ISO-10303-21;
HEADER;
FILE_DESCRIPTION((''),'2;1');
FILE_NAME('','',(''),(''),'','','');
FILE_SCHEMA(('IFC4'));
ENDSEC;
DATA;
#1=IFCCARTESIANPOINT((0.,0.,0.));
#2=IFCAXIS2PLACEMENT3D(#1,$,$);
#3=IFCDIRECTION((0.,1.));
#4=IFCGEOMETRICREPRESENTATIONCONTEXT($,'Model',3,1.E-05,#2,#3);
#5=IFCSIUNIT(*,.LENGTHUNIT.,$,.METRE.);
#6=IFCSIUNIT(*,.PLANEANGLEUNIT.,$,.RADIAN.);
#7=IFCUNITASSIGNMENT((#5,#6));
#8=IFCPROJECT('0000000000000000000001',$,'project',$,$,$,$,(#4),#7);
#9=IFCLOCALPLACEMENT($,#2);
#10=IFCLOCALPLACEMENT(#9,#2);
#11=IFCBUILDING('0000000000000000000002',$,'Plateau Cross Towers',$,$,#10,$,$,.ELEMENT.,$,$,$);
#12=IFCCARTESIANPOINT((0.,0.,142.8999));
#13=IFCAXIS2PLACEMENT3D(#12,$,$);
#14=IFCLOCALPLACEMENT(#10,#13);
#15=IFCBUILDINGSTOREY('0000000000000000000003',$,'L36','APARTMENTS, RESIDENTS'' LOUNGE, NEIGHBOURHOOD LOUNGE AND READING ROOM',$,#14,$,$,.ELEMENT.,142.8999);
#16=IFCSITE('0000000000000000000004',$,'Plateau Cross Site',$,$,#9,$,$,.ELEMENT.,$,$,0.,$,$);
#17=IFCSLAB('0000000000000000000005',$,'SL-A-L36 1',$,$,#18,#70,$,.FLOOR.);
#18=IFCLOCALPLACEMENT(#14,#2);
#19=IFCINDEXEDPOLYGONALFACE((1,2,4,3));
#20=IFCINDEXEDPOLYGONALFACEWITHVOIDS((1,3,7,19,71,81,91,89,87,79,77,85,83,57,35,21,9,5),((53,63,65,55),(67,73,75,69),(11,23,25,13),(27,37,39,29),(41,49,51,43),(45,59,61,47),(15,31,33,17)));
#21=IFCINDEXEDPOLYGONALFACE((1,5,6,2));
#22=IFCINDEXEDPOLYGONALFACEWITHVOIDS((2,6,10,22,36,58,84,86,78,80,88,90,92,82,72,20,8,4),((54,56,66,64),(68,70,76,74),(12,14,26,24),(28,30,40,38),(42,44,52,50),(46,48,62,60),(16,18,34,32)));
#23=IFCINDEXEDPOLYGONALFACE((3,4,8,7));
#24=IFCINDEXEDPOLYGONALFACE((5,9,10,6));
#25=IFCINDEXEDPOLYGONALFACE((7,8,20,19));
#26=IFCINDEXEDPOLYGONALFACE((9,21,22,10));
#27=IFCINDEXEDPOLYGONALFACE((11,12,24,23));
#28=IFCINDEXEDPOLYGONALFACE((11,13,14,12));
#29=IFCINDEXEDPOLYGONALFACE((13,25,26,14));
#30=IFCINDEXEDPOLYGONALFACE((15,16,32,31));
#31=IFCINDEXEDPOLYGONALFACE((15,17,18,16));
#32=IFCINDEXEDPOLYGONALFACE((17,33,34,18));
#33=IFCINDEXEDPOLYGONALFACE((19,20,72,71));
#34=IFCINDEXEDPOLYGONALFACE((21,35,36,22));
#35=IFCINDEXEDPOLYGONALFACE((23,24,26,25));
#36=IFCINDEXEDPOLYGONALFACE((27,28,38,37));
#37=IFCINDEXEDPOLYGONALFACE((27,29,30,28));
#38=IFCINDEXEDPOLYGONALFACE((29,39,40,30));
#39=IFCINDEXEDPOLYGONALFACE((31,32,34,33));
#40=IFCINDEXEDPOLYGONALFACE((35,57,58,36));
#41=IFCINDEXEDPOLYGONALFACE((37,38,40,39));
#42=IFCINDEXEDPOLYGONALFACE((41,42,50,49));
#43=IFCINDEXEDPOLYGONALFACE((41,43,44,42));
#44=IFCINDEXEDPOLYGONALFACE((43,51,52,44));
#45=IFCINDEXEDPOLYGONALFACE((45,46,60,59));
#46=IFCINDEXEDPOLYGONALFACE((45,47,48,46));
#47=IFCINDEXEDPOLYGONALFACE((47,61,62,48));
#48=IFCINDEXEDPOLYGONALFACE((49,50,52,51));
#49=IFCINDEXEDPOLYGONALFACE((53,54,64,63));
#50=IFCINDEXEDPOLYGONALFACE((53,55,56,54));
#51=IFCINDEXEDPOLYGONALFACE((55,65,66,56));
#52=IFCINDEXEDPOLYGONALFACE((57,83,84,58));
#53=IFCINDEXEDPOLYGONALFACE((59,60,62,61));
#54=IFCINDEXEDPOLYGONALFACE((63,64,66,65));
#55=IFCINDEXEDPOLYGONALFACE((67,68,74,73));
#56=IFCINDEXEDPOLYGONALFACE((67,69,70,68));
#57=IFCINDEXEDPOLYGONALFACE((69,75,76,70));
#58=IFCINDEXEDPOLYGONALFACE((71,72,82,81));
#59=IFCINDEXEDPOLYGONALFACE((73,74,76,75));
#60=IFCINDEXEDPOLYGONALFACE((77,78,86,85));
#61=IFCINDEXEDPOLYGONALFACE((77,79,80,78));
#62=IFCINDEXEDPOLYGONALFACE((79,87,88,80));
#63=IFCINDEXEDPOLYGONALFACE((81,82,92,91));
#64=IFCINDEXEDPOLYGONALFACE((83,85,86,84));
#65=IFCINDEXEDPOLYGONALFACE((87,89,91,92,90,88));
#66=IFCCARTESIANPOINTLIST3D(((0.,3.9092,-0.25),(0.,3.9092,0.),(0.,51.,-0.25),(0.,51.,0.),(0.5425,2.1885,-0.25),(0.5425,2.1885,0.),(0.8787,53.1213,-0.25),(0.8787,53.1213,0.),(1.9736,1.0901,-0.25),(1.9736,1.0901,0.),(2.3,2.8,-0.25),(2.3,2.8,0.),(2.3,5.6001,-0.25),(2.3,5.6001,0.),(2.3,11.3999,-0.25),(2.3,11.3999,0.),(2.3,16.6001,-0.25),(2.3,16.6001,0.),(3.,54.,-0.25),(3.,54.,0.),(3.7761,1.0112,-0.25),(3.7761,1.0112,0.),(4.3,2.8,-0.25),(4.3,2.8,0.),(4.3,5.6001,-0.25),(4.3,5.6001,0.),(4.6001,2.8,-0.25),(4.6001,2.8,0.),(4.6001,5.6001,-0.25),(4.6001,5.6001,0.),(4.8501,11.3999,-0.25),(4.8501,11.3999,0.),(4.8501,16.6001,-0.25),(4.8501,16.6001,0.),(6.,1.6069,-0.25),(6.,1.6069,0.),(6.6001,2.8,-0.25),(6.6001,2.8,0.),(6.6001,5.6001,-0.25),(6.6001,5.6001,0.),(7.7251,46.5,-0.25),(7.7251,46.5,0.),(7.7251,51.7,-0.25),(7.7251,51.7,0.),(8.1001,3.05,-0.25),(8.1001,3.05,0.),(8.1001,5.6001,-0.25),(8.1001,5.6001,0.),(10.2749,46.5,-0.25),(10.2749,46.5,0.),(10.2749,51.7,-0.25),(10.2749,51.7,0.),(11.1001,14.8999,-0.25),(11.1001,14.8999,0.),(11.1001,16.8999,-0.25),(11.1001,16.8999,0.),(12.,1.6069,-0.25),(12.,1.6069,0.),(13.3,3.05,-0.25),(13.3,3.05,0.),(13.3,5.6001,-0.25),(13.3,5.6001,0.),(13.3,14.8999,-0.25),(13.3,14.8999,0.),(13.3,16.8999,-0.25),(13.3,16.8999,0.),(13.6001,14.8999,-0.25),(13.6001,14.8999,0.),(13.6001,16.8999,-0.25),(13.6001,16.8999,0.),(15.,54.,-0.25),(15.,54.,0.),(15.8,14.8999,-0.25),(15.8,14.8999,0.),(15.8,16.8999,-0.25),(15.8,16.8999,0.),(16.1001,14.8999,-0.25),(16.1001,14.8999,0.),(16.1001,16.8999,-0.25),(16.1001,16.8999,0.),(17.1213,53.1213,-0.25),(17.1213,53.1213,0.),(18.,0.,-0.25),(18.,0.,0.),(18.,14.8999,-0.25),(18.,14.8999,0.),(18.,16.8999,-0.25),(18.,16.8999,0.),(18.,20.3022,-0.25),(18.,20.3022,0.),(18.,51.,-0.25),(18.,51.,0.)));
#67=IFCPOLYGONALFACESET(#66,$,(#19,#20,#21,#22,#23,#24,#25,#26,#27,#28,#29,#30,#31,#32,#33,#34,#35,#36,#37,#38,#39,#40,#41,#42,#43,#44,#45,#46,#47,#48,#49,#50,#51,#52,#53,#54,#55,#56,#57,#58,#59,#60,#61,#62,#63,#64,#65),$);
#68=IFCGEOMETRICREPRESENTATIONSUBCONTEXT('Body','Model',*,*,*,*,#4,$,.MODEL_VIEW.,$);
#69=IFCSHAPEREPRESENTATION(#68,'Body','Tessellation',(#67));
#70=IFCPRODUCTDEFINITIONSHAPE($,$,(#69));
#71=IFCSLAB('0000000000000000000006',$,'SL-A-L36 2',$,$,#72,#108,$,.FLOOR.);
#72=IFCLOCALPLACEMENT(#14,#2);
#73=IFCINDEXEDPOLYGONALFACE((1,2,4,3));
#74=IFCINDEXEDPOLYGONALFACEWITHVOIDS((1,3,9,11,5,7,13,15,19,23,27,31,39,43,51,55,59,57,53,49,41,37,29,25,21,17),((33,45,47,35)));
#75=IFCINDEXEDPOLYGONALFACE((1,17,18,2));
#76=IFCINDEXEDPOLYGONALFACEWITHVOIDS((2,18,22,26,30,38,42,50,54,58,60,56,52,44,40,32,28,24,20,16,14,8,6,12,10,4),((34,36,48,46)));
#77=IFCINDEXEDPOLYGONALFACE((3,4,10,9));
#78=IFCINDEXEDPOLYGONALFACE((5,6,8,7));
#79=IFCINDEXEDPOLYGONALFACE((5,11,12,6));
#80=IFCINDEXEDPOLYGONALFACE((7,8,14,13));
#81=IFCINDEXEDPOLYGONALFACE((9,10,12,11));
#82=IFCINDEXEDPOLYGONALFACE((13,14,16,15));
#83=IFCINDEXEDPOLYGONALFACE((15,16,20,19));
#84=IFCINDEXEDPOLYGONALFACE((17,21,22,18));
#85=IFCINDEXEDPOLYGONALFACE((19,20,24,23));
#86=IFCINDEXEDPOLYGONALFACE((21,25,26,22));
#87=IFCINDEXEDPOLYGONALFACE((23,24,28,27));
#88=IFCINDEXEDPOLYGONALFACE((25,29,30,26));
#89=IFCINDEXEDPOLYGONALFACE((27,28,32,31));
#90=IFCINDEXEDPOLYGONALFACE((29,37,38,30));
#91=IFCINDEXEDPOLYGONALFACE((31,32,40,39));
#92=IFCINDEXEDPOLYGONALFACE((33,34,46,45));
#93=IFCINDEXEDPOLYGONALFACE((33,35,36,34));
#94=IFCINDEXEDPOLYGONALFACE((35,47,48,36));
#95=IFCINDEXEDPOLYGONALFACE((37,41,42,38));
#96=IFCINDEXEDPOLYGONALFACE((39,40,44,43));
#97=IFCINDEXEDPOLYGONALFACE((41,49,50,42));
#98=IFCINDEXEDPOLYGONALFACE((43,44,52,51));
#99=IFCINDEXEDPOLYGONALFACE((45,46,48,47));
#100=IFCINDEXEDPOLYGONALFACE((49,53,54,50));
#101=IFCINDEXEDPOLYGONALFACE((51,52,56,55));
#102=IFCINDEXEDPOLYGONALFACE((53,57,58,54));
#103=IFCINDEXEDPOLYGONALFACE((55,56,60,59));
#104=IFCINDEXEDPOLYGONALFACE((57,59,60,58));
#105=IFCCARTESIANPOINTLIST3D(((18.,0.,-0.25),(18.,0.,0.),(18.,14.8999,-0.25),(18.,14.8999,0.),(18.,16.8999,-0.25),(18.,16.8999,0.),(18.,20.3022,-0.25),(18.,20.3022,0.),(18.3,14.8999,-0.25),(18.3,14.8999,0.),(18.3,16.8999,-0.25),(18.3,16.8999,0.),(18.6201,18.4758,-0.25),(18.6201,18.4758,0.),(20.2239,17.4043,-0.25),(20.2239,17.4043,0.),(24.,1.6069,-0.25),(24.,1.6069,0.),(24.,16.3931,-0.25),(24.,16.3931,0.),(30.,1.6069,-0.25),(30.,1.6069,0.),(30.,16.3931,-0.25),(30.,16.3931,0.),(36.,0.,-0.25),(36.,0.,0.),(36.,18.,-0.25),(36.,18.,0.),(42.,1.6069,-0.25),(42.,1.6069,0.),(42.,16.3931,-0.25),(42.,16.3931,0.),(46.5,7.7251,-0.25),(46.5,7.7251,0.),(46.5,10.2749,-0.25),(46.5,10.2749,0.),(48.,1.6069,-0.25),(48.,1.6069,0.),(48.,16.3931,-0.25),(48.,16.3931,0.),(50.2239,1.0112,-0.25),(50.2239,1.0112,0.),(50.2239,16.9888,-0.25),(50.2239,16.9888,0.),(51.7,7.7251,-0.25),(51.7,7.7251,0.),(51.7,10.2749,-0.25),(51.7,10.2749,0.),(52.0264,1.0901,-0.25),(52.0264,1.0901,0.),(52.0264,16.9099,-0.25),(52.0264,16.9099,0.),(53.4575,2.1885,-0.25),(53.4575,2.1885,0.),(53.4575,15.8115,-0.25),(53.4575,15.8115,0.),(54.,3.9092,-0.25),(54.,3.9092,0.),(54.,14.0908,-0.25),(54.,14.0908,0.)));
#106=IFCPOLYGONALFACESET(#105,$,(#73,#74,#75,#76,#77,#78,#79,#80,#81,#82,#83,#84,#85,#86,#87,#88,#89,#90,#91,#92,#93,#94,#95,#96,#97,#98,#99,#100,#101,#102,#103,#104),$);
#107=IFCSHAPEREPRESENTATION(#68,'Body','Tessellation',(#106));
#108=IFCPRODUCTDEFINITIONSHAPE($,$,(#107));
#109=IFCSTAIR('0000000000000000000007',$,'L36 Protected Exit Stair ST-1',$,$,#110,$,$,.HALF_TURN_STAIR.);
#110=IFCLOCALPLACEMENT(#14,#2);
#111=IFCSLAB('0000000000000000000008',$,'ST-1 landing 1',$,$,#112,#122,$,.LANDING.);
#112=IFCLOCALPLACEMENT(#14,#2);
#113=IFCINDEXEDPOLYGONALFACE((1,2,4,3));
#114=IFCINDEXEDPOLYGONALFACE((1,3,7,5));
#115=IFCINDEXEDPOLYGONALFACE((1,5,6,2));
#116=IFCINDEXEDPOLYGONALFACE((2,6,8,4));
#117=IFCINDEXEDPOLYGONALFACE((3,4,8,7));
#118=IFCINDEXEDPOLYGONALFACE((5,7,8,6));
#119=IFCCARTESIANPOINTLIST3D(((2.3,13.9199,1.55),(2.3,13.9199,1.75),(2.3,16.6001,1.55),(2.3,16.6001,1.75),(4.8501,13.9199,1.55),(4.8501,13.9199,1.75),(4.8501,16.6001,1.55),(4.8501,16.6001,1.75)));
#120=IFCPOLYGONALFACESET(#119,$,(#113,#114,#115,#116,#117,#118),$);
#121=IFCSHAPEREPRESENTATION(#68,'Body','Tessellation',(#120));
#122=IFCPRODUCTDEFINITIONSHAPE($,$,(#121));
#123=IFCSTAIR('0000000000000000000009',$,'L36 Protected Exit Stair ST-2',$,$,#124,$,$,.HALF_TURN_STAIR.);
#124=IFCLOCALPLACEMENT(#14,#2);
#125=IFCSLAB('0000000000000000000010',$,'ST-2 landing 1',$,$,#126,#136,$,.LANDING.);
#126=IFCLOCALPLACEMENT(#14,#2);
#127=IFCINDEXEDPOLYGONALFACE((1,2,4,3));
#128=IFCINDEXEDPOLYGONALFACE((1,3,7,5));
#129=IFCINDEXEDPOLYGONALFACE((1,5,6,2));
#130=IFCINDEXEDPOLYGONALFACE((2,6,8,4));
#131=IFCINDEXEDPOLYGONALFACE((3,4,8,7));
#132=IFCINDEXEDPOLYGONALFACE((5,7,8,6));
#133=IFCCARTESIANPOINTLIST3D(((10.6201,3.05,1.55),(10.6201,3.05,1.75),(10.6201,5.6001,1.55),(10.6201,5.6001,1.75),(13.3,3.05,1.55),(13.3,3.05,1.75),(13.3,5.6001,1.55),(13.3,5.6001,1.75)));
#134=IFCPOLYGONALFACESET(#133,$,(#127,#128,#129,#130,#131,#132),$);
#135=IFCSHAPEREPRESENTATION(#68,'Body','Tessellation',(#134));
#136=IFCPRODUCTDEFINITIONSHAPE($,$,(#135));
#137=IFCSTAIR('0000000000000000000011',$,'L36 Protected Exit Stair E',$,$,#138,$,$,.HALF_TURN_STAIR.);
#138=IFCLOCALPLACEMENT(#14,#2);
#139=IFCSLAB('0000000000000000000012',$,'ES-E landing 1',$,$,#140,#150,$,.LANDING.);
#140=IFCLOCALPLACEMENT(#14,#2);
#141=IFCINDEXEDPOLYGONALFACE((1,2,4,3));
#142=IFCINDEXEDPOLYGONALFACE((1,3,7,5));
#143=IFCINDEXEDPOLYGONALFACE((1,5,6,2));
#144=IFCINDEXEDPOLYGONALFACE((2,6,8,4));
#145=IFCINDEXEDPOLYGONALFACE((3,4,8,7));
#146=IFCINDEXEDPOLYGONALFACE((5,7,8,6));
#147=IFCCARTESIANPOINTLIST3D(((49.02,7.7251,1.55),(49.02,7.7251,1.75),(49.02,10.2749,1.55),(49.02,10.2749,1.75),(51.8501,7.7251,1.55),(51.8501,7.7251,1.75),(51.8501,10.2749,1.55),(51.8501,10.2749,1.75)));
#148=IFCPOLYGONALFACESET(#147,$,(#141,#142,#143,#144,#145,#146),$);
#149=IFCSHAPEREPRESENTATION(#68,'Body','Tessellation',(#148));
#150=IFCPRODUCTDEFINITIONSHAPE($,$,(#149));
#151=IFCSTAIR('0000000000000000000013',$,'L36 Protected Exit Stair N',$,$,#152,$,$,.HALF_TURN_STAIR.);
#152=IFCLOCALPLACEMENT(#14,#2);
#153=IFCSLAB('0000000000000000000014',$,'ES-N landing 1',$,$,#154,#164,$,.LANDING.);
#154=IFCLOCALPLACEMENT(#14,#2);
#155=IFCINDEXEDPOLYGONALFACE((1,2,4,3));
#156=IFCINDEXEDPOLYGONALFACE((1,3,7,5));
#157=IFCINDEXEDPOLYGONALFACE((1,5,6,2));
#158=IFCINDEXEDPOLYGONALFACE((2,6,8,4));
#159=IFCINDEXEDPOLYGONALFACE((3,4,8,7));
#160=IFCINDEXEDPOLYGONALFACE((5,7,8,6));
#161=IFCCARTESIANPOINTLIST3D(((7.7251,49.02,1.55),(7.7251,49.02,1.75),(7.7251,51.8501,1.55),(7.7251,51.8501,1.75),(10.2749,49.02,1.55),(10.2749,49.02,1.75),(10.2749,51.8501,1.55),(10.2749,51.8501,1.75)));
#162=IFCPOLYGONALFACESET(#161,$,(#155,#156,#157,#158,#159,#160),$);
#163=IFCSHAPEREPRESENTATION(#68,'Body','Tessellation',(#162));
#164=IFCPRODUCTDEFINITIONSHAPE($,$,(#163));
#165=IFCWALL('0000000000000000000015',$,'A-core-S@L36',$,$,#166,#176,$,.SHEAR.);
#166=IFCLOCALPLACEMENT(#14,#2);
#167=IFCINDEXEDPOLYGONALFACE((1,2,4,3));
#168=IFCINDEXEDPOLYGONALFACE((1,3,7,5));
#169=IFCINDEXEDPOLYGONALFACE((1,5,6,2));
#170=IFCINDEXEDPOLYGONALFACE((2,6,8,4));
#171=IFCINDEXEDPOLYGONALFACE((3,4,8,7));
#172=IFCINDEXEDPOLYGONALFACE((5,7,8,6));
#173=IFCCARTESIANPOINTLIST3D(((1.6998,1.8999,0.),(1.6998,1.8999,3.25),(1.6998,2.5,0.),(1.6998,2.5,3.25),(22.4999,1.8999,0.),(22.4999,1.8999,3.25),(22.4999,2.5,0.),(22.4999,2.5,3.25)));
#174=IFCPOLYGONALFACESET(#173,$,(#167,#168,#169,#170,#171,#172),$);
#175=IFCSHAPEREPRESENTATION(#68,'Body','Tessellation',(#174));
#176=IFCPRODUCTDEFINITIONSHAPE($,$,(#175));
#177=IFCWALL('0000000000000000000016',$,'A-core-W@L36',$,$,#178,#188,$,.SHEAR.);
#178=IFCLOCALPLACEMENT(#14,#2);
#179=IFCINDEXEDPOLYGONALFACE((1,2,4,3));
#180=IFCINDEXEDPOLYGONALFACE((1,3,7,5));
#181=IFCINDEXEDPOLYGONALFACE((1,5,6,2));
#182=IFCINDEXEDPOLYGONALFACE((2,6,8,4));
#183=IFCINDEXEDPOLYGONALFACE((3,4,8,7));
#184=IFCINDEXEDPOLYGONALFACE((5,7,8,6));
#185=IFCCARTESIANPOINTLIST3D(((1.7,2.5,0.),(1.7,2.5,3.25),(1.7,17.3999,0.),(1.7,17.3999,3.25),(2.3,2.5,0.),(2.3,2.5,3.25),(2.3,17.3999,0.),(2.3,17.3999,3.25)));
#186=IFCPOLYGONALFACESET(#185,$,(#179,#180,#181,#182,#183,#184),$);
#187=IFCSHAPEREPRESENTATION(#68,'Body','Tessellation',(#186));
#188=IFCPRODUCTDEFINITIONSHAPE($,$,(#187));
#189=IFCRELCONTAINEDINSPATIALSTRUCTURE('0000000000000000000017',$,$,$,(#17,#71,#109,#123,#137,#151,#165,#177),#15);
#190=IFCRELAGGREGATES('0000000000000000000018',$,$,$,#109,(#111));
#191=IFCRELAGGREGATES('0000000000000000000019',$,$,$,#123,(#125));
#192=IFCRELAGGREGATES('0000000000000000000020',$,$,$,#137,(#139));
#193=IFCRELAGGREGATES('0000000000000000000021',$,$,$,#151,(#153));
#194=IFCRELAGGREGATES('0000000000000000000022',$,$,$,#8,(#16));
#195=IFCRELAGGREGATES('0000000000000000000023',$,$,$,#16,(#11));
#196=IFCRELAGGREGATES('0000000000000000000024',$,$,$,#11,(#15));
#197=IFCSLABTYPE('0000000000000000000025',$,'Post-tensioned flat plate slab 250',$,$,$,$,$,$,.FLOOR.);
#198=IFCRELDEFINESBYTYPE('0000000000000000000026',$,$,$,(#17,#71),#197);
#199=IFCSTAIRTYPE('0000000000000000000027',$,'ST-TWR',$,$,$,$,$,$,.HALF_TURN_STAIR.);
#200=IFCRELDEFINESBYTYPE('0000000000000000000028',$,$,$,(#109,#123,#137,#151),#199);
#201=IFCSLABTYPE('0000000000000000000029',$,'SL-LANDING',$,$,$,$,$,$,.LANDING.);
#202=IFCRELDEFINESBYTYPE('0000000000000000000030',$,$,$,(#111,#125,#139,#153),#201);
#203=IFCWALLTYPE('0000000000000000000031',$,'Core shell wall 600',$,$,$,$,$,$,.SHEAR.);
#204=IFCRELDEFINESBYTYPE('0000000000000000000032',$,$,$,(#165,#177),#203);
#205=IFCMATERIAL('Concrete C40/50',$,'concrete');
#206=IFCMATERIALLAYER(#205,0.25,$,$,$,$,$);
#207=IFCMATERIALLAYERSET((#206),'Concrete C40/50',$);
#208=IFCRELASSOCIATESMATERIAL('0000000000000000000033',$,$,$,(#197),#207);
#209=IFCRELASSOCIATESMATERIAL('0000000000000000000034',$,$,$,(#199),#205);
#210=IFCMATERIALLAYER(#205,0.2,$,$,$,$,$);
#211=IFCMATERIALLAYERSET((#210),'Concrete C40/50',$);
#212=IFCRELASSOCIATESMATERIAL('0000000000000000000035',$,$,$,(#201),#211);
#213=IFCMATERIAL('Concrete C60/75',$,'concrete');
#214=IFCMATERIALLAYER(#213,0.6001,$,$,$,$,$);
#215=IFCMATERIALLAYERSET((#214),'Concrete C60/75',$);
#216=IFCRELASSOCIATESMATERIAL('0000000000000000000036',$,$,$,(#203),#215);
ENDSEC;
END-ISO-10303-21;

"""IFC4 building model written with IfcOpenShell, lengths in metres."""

from ifc_helpers import new_model, si_unit, direction, frame, frame_2d, origin, place, context, subcontext, project, spatial, polyline, rectangle, outline, extrude, material, layer, layer_set, type_object, element, aggregate, save


model = new_model("IFC4")

# Units and contexts
model_context = context("Model", 3, precision=1e-05, world=origin(), true_north=direction((0.0, 1.0)))
body_context = subcontext(model_context, "Body", "Model", "MODEL_VIEW")
ifc_project = project(units=[si_unit("LENGTHUNIT", "METRE"), si_unit("PLANEANGLEUNIT", "RADIAN")], contexts=[model_context])

# Site, building, storey
site_placement = place(None, origin())
site = spatial("IfcSite", under=ifc_project, at=site_placement, Name="Plateau Cross Site", CompositionType="ELEMENT", RefElevation=0.0)
building_placement = place(site_placement, origin())
building = spatial("IfcBuilding", under=site, at=building_placement, Name="Plateau Cross Towers", CompositionType="ELEMENT")
storey_placement = place(building_placement, frame((0.0, 0.0, 142.8999)))
storey = spatial("IfcBuildingStorey", under=building, at=storey_placement, Name="L36", Description="APARTMENTS, RESIDENTS' LOUNGE, NEIGHBOURHOOD LOUNGE AND READING ROOM", CompositionType="ELEMENT", Elevation=142.8999)

# Shared definitions
ifc_material_1 = material(Name="Concrete C60/75", Category="concrete")

# Shared definitions
ifc_material_2 = material(Name="Concrete C40/50", Category="concrete")

# Slabs
ifc_layer_1 = layer(ifc_material_2, 0.25)
ifc_layer_set_1 = layer_set([ifc_layer_1], Name="Concrete C40/50")
slab_type_1 = type_object("IfcSlabType", Name="Post-tensioned flat plate slab 250", PredefinedType="FLOOR", material=ifc_layer_set_1)
slab_1_placement = place(storey_placement, frame((0.0, 0.0, -0.25)))
element("IfcSlab", 1, at=slab_1_placement, inside=storey, type_object=slab_type_1, Name="SL-A-L36 1", PredefinedType="FLOOR", context=body_context, shape_type="SweptSolid", body=[
    extrude(outline(polyline([(0.5425, 2.1885), (0.0, 3.9092), (0.0, 51.0), (0.8787, 53.1213), (3.0, 54.0), (15.0, 54.0), (17.1213, 53.1213), (18.0, 51.0), (18.0, 20.3022), (18.0, 16.8999), (16.1001, 16.8999), (16.1001, 14.8999), (18.0, 14.8999), (18.0, 0.0), (12.0, 1.6069), (6.0, 1.6069), (3.7761, 1.0112), (1.9736, 1.0901), (0.5425, 2.1885)]), holes=[polyline([(2.3, 5.6001), (2.3, 2.8), (4.3, 2.8), (4.3, 5.6001), (2.3, 5.6001)]), polyline([(4.6001, 5.6001), (4.6001, 2.8), (6.6001, 2.8), (6.6001, 5.6001), (4.6001, 5.6001)]), polyline([(8.1001, 5.6001), (8.1001, 3.05), (13.3, 3.05), (13.3, 5.6001), (8.1001, 5.6001)]), polyline([(2.3, 11.3999), (4.8501, 11.3999), (4.8501, 16.6001), (2.3, 16.6001), (2.3, 11.3999)]), polyline([(11.1001, 16.8999), (11.1001, 14.8999), (13.3, 14.8999), (13.3, 16.8999), (11.1001, 16.8999)]), polyline([(13.6001, 16.8999), (13.6001, 14.8999), (15.8, 14.8999), (15.8, 16.8999), (13.6001, 16.8999)]), polyline([(7.7251, 51.7), (7.7251, 46.5), (10.2749, 46.5), (10.2749, 51.7), (7.7251, 51.7)])]), origin(), (0.0, 0.0, 1.0), 0.25),
])
slab_2_placement = place(storey_placement, frame((0.0, 0.0, -0.25)))
element("IfcSlab", 2, at=slab_2_placement, inside=storey, type_object=slab_type_1, Name="SL-A-L36 2", PredefinedType="FLOOR", context=body_context, shape_type="SweptSolid", body=[
    extrude(outline(polyline([(18.6201, 18.4758), (20.2239, 17.4043), (24.0, 16.3931), (30.0, 16.3931), (36.0, 18.0), (42.0, 16.3931), (48.0, 16.3931), (50.2239, 16.9888), (52.0264, 16.9099), (53.4575, 15.8115), (54.0, 14.0908), (54.0, 3.9092), (53.4575, 2.1885), (52.0264, 1.0901), (50.2239, 1.0112), (48.0, 1.6069), (42.0, 1.6069), (36.0, 0.0), (30.0, 1.6069), (24.0, 1.6069), (18.0, 0.0), (18.0, 14.8999), (18.3, 14.8999), (18.3, 16.8999), (18.0, 16.8999), (18.0, 20.3022), (18.6201, 18.4758)]), holes=[polyline([(46.5, 10.2749), (46.5, 7.7251), (51.7, 7.7251), (51.7, 10.2749), (46.5, 10.2749)])]), origin(), (0.0, 0.0, 1.0), 0.25),
])

# Stairs, slabs
stair_type = type_object("IfcStairType", Name="ST-TWR", PredefinedType="HALF_TURN_STAIR", material=ifc_material_2)
stair_1_placement = place(storey_placement, origin())
stair_1 = element("IfcStair", 3, at=stair_1_placement, inside=storey, type_object=stair_type, Name="L36 Protected Exit Stair ST-1", PredefinedType="HALF_TURN_STAIR")
ifc_layer_2 = layer(ifc_material_2, 0.2)
ifc_layer_set_2 = layer_set([ifc_layer_2], Name="Concrete C40/50")
slab_type_2 = type_object("IfcSlabType", Name="SL-LANDING", PredefinedType="LANDING", material=ifc_layer_set_2)
slab_3_placement = place(storey_placement, frame((0.0, 0.0, 1.55)))
slab_3 = element("IfcSlab", 4, at=slab_3_placement, type_object=slab_type_2, Name="ST-1 landing 1", PredefinedType="LANDING", context=body_context, shape_type="SweptSolid", body=[
    extrude(outline(polyline([(4.8501, 13.9199), (4.8501, 16.6001), (2.3, 16.6001), (2.3, 13.9199), (4.8501, 13.9199)])), origin(), (0.0, 0.0, 1.0), 0.2),
])
aggregate(stair_1, [slab_3])
stair_2_placement = place(storey_placement, origin())
stair_2 = element("IfcStair", 5, at=stair_2_placement, inside=storey, type_object=stair_type, Name="L36 Protected Exit Stair ST-2", PredefinedType="HALF_TURN_STAIR")
slab_4_placement = place(storey_placement, frame((0.0, 0.0, 1.55)))
slab_4 = element("IfcSlab", 6, at=slab_4_placement, type_object=slab_type_2, Name="ST-2 landing 1", PredefinedType="LANDING", context=body_context, shape_type="SweptSolid", body=[
    extrude(outline(polyline([(10.6201, 3.05), (13.3, 3.05), (13.3, 5.6001), (10.6201, 5.6001), (10.6201, 3.05)])), origin(), (0.0, 0.0, 1.0), 0.2),
])
aggregate(stair_2, [slab_4])
stair_3_placement = place(storey_placement, origin())
stair_3 = element("IfcStair", 7, at=stair_3_placement, inside=storey, type_object=stair_type, Name="L36 Protected Exit Stair E", PredefinedType="HALF_TURN_STAIR")
slab_5_placement = place(storey_placement, frame((0.0, 0.0, 1.55)))
slab_5 = element("IfcSlab", 8, at=slab_5_placement, type_object=slab_type_2, Name="ES-E landing 1", PredefinedType="LANDING", context=body_context, shape_type="SweptSolid", body=[
    extrude(outline(polyline([(49.02, 7.7251), (51.8501, 7.7251), (51.8501, 10.2749), (49.02, 10.2749), (49.02, 7.7251)])), origin(), (0.0, 0.0, 1.0), 0.2),
])
aggregate(stair_3, [slab_5])
stair_4_placement = place(storey_placement, origin())
stair_4 = element("IfcStair", 9, at=stair_4_placement, inside=storey, type_object=stair_type, Name="L36 Protected Exit Stair N", PredefinedType="HALF_TURN_STAIR")
slab_6_placement = place(storey_placement, frame((0.0, 0.0, 1.55)))
slab_6 = element("IfcSlab", 10, at=slab_6_placement, type_object=slab_type_2, Name="ES-N landing 1", PredefinedType="LANDING", context=body_context, shape_type="SweptSolid", body=[
    extrude(outline(polyline([(10.2749, 49.02), (10.2749, 51.8501), (7.7251, 51.8501), (7.7251, 49.02), (10.2749, 49.02)])), origin(), (0.0, 0.0, 1.0), 0.2),
])
aggregate(stair_4, [slab_6])

# Walls
ifc_layer_3 = layer(ifc_material_1, 0.6001)
ifc_layer_set_3 = layer_set([ifc_layer_3], Name="Concrete C60/75")
wall_type = type_object("IfcWallType", Name="Core shell wall 600", PredefinedType="SHEAR", material=ifc_layer_set_3)
wall_1_placement = place(storey_placement, frame((1.7, 2.2, 0.0), z_axis=(0.0, 0.0, 1.0), x_axis=(1.0, 0.0, 0.0)))
element("IfcWall", 11, at=wall_1_placement, inside=storey, type_object=wall_type, Name="A-core-S@L36", PredefinedType="SHEAR", context=body_context, shape_type="SweptSolid", body=[
    extrude(rectangle(XDim=20.8, YDim=0.6001, at=frame_2d((10.3999, 0.0))), origin(), (0.0, 0.0, 1.0), 3.25),
])
wall_2_placement = place(storey_placement, frame((2.0, 2.5, 0.0), z_axis=(0.0, 0.0, 1.0), x_axis=(0.0, 1.0, 0.0)))
element("IfcWall", 12, at=wall_2_placement, inside=storey, type_object=wall_type, Name="A-core-W@L36", PredefinedType="SHEAR", context=body_context, shape_type="SweptSolid", body=[
    extrude(rectangle(XDim=14.8999, YDim=0.6001, at=frame_2d((7.45, 0.0))), origin(), (0.0, 0.0, 1.0), 3.25),
])

save(model, "model.ifc")
